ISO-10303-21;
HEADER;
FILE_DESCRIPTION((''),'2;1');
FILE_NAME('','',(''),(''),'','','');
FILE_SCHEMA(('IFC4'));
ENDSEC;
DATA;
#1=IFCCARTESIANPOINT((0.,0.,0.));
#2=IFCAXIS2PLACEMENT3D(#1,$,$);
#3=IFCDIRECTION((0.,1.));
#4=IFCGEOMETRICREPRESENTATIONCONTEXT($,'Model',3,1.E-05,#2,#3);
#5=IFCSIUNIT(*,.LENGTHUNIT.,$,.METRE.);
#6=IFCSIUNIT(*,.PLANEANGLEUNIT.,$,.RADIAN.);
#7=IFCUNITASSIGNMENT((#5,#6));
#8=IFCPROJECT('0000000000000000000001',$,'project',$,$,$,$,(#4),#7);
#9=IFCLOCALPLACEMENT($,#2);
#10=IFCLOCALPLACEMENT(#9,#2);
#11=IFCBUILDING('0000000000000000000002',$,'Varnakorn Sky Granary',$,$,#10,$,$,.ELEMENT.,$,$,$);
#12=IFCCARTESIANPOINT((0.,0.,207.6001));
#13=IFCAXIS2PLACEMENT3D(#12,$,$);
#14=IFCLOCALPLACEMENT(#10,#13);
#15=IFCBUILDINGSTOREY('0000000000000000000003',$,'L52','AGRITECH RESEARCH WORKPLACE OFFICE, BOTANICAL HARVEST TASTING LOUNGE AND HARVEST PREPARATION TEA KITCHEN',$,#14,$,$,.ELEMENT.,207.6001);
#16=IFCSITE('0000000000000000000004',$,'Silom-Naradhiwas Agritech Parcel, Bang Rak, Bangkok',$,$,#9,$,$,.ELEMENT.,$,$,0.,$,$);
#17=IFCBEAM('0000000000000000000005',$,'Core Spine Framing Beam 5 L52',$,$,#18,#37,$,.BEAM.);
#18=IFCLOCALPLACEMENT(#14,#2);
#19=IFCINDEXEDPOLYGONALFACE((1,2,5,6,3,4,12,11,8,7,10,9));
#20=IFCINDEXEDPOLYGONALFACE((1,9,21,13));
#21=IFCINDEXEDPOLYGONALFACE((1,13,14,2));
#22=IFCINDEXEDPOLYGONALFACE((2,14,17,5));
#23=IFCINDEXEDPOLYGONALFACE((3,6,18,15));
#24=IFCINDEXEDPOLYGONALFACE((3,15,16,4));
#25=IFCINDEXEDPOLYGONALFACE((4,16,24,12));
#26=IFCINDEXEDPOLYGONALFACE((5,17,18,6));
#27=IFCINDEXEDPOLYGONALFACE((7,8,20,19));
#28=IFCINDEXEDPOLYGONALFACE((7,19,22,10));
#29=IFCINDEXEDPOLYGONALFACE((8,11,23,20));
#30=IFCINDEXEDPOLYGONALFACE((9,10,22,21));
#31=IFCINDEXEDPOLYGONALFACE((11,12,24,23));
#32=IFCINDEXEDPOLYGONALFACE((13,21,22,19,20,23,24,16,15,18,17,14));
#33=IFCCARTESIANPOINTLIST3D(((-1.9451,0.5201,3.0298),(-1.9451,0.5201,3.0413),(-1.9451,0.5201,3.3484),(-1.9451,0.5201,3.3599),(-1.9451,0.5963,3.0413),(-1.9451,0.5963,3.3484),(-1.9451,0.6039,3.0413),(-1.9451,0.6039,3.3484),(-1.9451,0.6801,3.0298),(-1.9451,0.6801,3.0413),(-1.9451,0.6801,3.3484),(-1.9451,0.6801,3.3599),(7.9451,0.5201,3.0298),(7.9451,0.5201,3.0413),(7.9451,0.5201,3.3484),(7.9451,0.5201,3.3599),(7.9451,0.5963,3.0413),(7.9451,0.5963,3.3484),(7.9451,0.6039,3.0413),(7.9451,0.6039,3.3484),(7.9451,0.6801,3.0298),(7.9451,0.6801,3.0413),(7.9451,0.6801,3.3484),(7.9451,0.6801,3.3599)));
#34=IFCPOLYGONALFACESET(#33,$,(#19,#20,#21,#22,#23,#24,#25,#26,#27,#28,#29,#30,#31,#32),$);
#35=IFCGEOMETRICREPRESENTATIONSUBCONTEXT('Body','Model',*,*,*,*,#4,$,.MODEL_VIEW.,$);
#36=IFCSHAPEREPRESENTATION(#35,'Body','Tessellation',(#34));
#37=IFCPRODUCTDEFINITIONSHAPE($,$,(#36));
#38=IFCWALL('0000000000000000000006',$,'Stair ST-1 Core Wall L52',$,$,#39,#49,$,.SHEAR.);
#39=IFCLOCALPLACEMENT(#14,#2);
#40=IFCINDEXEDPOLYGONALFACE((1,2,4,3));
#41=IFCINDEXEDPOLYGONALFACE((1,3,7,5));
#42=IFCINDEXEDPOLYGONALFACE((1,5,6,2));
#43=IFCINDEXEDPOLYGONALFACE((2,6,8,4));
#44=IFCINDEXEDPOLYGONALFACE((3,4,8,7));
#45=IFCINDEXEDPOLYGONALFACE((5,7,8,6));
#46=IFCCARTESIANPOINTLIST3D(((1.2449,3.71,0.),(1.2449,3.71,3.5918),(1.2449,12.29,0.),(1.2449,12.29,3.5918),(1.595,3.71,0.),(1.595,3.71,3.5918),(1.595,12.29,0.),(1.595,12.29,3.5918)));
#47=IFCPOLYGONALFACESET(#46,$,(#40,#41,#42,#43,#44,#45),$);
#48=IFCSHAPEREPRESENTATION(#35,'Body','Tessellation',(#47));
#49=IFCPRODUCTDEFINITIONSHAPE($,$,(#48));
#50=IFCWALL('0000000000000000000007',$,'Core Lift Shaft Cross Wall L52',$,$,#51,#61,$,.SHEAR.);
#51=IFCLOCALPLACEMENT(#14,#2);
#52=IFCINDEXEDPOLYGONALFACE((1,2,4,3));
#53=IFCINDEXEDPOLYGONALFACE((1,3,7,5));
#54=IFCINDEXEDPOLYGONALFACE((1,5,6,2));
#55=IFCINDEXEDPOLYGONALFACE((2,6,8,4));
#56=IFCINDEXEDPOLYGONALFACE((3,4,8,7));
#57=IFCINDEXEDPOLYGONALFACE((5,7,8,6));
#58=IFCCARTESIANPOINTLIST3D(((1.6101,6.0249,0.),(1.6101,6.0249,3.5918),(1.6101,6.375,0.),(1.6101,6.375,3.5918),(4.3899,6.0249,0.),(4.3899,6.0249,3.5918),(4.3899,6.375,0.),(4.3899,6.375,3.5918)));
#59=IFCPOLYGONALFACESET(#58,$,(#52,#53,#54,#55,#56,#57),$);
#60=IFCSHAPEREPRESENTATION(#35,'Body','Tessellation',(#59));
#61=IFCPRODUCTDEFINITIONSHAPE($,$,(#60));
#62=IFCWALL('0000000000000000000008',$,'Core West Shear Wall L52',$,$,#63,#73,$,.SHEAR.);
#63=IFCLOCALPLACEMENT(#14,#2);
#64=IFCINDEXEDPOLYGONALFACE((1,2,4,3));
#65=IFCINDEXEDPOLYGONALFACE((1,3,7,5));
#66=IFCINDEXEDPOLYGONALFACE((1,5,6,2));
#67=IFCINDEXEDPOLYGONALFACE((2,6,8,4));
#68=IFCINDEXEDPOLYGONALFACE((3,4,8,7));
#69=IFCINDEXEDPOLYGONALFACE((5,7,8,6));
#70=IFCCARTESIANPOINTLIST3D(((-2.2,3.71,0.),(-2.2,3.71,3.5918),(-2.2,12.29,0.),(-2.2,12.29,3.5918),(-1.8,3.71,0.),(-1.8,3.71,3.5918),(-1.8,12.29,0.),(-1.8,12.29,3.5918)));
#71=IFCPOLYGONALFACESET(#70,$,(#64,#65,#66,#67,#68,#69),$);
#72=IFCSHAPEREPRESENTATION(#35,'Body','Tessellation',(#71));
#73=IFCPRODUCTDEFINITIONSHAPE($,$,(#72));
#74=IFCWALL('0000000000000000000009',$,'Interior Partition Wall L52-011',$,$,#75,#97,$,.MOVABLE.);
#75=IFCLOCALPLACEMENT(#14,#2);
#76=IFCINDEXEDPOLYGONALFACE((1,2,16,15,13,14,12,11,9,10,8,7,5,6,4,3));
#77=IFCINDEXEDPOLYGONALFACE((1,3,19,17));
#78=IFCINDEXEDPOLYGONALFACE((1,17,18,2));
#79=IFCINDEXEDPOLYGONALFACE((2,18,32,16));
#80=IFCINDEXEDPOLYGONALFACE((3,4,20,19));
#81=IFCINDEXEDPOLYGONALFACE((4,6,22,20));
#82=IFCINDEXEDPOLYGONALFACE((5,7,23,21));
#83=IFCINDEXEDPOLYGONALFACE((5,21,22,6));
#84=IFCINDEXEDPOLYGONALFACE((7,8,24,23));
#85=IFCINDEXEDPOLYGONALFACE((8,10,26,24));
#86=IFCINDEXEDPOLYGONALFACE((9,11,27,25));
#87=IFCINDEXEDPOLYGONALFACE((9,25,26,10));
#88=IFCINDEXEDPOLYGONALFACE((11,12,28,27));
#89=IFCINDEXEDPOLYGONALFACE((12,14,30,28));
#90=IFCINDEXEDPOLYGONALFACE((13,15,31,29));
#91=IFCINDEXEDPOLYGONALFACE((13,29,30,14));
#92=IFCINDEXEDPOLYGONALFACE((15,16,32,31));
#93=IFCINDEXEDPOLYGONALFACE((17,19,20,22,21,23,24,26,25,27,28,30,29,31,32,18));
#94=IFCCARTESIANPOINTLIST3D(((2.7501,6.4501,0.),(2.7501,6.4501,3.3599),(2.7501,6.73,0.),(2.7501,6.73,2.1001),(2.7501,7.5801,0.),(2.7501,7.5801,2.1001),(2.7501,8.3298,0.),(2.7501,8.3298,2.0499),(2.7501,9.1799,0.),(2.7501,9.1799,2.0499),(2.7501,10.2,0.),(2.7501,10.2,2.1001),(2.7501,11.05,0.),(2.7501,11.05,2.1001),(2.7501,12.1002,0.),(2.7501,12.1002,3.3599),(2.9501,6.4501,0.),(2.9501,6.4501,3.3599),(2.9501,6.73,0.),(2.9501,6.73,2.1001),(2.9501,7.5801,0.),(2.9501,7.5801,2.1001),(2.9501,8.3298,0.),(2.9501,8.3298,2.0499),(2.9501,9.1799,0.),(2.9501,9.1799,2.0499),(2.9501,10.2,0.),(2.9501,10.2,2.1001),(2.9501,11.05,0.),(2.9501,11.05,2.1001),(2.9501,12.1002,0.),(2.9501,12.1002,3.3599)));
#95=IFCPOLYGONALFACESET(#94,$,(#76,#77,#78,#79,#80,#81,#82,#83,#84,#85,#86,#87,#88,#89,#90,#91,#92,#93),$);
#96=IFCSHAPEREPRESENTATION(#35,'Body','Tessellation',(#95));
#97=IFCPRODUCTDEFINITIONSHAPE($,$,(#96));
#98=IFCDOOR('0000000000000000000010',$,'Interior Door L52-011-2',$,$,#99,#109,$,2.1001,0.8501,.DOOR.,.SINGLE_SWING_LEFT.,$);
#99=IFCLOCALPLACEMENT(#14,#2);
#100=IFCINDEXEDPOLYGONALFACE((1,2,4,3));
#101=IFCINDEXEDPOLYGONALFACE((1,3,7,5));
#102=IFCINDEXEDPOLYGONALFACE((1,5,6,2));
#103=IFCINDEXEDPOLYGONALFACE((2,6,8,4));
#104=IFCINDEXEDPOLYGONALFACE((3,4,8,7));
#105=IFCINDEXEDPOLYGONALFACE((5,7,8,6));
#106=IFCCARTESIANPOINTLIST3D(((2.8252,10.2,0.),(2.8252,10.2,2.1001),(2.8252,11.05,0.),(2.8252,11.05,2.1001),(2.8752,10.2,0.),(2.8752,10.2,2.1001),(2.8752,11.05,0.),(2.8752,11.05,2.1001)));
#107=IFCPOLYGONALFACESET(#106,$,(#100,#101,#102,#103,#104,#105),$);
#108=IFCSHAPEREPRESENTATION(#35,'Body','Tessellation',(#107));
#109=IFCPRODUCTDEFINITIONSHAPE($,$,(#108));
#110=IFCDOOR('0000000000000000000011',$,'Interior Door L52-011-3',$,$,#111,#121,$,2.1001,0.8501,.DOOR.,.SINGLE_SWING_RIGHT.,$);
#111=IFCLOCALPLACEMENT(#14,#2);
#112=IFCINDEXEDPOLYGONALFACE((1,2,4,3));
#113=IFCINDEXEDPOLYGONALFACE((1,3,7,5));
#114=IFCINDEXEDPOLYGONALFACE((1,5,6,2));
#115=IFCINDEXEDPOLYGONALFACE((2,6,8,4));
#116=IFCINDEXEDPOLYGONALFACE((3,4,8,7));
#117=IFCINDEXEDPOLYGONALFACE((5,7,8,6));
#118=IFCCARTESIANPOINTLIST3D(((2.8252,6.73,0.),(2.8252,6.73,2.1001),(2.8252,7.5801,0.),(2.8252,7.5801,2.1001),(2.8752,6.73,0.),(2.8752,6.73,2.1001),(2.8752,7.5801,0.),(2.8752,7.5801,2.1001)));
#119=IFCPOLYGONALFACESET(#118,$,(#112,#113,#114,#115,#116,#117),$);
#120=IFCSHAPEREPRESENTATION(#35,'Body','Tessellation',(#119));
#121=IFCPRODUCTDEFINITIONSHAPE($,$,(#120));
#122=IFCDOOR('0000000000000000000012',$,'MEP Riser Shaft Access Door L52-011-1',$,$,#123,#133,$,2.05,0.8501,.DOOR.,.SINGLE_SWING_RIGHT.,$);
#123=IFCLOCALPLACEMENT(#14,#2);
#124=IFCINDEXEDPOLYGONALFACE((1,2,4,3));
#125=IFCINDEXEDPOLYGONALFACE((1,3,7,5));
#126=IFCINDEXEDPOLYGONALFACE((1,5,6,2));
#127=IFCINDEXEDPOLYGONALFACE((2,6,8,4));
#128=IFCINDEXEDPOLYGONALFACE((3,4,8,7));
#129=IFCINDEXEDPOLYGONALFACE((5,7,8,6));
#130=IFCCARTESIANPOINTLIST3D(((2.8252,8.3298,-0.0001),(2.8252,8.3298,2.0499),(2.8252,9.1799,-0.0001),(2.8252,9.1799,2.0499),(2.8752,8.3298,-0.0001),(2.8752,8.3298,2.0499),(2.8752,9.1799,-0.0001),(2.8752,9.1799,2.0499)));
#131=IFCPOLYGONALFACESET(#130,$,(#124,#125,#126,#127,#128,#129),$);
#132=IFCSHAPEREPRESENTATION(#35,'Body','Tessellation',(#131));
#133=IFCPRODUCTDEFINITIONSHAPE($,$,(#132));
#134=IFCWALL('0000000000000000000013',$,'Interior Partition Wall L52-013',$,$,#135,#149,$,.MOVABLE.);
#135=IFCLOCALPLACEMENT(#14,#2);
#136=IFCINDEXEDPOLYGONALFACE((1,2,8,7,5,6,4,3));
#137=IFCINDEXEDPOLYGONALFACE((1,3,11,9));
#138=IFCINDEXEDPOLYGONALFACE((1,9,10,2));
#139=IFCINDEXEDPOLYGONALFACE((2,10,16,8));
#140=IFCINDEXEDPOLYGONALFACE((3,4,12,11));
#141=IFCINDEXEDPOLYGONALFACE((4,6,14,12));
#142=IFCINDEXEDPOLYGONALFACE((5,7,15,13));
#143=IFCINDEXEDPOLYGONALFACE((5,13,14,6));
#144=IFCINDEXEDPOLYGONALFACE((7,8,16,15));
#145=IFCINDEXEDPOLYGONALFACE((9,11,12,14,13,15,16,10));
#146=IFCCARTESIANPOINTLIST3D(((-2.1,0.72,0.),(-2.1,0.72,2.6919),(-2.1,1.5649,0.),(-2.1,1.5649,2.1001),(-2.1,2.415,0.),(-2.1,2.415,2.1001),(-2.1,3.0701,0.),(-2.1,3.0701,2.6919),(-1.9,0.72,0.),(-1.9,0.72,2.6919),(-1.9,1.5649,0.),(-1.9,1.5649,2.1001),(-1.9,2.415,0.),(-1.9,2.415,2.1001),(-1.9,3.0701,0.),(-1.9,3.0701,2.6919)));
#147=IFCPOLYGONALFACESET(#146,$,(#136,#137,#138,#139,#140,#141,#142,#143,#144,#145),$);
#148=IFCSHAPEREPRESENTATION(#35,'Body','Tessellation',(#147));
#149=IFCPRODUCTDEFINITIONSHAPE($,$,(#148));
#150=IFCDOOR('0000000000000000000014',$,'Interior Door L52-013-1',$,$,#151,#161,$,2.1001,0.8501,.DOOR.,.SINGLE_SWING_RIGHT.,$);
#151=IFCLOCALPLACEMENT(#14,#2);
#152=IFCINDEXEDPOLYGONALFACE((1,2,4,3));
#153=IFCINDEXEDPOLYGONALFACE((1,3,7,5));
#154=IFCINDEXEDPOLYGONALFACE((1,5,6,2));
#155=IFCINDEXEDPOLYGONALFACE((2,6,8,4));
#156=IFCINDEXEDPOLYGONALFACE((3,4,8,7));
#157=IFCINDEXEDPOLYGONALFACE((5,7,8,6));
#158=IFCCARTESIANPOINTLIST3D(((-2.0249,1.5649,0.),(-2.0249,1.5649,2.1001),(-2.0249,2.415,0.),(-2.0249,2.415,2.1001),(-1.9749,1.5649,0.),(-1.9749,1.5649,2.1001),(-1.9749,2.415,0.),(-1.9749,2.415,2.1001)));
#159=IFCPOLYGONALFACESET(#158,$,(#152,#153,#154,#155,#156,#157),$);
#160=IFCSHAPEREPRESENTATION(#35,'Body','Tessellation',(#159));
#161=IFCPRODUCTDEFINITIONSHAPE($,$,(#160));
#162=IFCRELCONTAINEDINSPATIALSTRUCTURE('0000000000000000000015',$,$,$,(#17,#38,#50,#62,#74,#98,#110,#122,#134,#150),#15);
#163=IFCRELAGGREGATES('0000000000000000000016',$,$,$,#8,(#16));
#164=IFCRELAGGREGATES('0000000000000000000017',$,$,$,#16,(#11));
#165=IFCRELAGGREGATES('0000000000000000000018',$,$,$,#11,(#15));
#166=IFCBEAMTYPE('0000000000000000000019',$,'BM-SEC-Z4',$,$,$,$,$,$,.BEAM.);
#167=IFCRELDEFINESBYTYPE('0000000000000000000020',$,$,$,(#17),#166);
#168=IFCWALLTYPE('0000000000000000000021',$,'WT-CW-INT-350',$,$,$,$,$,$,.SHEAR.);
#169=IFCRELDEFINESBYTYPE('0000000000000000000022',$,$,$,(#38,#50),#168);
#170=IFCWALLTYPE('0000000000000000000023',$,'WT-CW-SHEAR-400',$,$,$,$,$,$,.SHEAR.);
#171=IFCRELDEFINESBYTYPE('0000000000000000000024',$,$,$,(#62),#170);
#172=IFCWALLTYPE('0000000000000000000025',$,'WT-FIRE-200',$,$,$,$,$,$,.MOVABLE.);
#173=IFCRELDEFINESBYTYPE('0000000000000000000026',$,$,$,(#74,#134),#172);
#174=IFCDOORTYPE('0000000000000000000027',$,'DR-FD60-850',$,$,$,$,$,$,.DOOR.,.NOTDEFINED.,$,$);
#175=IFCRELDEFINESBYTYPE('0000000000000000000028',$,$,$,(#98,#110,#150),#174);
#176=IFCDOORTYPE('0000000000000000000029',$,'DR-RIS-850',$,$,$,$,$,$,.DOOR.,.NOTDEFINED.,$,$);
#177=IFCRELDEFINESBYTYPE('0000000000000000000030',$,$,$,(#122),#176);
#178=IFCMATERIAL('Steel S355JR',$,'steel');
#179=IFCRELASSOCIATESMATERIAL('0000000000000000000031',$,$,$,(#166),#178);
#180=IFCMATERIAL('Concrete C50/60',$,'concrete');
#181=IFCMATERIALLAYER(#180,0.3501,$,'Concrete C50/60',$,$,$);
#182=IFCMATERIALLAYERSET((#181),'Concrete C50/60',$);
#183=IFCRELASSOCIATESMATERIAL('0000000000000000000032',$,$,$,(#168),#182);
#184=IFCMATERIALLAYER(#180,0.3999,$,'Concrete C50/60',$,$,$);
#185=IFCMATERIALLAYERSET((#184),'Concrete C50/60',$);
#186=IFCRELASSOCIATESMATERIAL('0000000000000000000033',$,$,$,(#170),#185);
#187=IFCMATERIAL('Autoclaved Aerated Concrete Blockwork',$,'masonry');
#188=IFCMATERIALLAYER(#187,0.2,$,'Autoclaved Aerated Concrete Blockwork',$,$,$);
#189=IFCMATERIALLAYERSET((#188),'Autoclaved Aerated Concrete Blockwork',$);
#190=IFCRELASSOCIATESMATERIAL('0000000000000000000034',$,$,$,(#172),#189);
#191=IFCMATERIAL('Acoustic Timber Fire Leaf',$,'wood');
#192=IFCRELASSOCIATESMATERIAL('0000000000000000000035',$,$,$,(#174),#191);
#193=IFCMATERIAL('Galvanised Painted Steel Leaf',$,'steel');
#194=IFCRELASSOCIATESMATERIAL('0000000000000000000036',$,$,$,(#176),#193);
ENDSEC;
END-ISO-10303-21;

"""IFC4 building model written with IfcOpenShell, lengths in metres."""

from ifc_helpers import new_model, si_unit, direction, frame, frame_2d, origin, origin_2d, place, context, subcontext, project, spatial, rectangle, i_section, extrude, material, layer, layer_set, material_profile, profile_set, type_object, element, fill, save


model = new_model("IFC4")

# Units and contexts
model_context = context("Model", 3, precision=1e-05, world=origin(), true_north=direction((0.0, 1.0)))
body_context = subcontext(model_context, "Body", "Model", "MODEL_VIEW")
ifc_project = project(units=[si_unit("LENGTHUNIT", "METRE"), si_unit("PLANEANGLEUNIT", "RADIAN")], contexts=[model_context])

# Site, building, storey
site_placement = place(None, origin())
site = spatial("IfcSite", under=ifc_project, at=site_placement, Name="Silom-Naradhiwas Agritech Parcel, Bang Rak, Bangkok", CompositionType="ELEMENT", RefElevation=0.0)
building_placement = place(site_placement, origin())
building = spatial("IfcBuilding", under=site, at=building_placement, Name="Varnakorn Sky Granary", CompositionType="ELEMENT")
storey_placement = place(building_placement, frame((0.0, 0.0, 207.6001)))
storey = spatial("IfcBuildingStorey", under=building, at=storey_placement, Name="L52", Description="AGRITECH RESEARCH WORKPLACE OFFICE, BOTANICAL HARVEST TASTING LOUNGE AND HARVEST PREPARATION TEA KITCHEN", CompositionType="ELEMENT", Elevation=207.6001)

# Beam
ifc_material_1 = material(Name="Steel S355JR", Category="steel")
ifc_material_profile = material_profile(ifc_material_1, i_section(OverallWidth=0.1599, OverallDepth=0.3301, WebThickness=0.0076, FlangeThickness=0.0115, at=origin_2d()), Name="IPE 330")
ifc_profile_set = profile_set([ifc_material_profile], Name="Steel S355JR")
beam_type = type_object("IfcBeamType", Name="BM-SEC-Z4", PredefinedType="BEAM", material=ifc_profile_set)
beam_placement = place(storey_placement, frame((-1.9451, 0.6001, 3.1948), z_axis=(1.0, 0.0, 0.0), x_axis=(0.0, 1.0, 0.0)))
element("IfcBeam", 1, at=beam_placement, inside=storey, type_object=beam_type, Name="Core Spine Framing Beam 5 L52", PredefinedType="BEAM", context=body_context, shape_type="SweptSolid", body=[
    extrude(i_section(OverallWidth=0.1599, OverallDepth=0.3301, WebThickness=0.0076, FlangeThickness=0.0115, at=origin_2d()), origin(), (0.0, 0.0, 1.0), 9.8901),
])

# Walls
ifc_material_2 = material(Name="Concrete C50/60", Category="concrete")
ifc_layer_1 = layer(ifc_material_2, 0.3501, Name="Concrete C50/60")
ifc_layer_set_1 = layer_set([ifc_layer_1], Name="Concrete C50/60")
wall_type_1 = type_object("IfcWallType", Name="WT-CW-INT-350", PredefinedType="SHEAR", material=ifc_layer_set_1)
wall_1_placement = place(storey_placement, frame((1.4199, 3.71, 0.0), z_axis=(0.0, 0.0, 1.0), x_axis=(0.0, 1.0, 0.0)))
element("IfcWall", 2, at=wall_1_placement, inside=storey, type_object=wall_type_1, Name="Stair ST-1 Core Wall L52", PredefinedType="SHEAR", context=body_context, shape_type="SweptSolid", body=[
    extrude(rectangle(XDim=8.5801, YDim=0.3501, at=frame_2d((4.29, 0.0))), origin(), (0.0, 0.0, 1.0), 3.5918),
])
wall_2_placement = place(storey_placement, frame((1.6101, 6.2, 0.0), z_axis=(0.0, 0.0, 1.0), x_axis=(1.0, 0.0, 0.0)))
element("IfcWall", 3, at=wall_2_placement, inside=storey, type_object=wall_type_1, Name="Core Lift Shaft Cross Wall L52", PredefinedType="SHEAR", context=body_context, shape_type="SweptSolid", body=[
    extrude(rectangle(XDim=2.7798, YDim=0.3501, at=frame_2d((1.3899, 0.0))), origin(), (0.0, 0.0, 1.0), 3.5918),
])

# Shared definitions
ifc_layer_2 = layer(ifc_material_2, 0.3999, Name="Concrete C50/60")
ifc_layer_set_2 = layer_set([ifc_layer_2], Name="Concrete C50/60")
wall_type_2 = type_object("IfcWallType", Name="WT-CW-SHEAR-400", PredefinedType="SHEAR", material=ifc_layer_set_2)
ifc_material_3 = material(Name="Galvanised Painted Steel Leaf", Category="steel")

# Wall
wall_3_placement = place(storey_placement, frame((-2.0, 3.71, 0.0), z_axis=(0.0, 0.0, 1.0), x_axis=(0.0, 1.0, 0.0)))
element("IfcWall", 4, at=wall_3_placement, inside=storey, type_object=wall_type_2, Name="Core West Shear Wall L52", PredefinedType="SHEAR", context=body_context, shape_type="SweptSolid", body=[
    extrude(rectangle(XDim=8.5801, YDim=0.3999, at=frame_2d((4.29, 0.0))), origin(), (0.0, 0.0, 1.0), 3.5918),
])

# Wall, openings, doors
ifc_material_4 = material(Name="Autoclaved Aerated Concrete Blockwork", Category="masonry")
ifc_layer_3 = layer(ifc_material_4, 0.2, Name="Autoclaved Aerated Concrete Blockwork")
ifc_layer_set_3 = layer_set([ifc_layer_3], Name="Autoclaved Aerated Concrete Blockwork")
wall_type_3 = type_object("IfcWallType", Name="WT-FIRE-200", PredefinedType="MOVABLE", material=ifc_layer_set_3)
wall_4_placement = place(storey_placement, frame((2.8501, 6.45, 0.0), z_axis=(0.0, 0.0, 1.0), x_axis=(0.0, 1.0, 0.0)))
wall_4 = element("IfcWall", 5, at=wall_4_placement, inside=storey, type_object=wall_type_3, Name="Interior Partition Wall L52-011", PredefinedType="MOVABLE", context=body_context, shape_type="SweptSolid", body=[
    extrude(rectangle(XDim=5.6501, YDim=0.2, at=frame_2d((2.8252, 0.0))), origin(), (0.0, 0.0, 1.0), 3.3599),
])
opening_1_placement = place(wall_4_placement, frame((1.8799, 0.0, 0.0)))
opening_1 = element("IfcOpeningElement", 6, at=opening_1_placement, cuts=wall_4, PredefinedType="OPENING", context=body_context, shape_type="SweptSolid", body=[
    extrude(rectangle(XDim=0.8501, YDim=2.05, at=frame_2d((0.425, 1.0249))), frame((0.0, 0.1099, 0.0), z_axis=(0.0, -1.0, 0.0), x_axis=(1.0, 0.0, 0.0)), (0.0, 0.0, 1.0), 0.22),
])
opening_2_placement = place(wall_4_placement, frame((3.75, 0.0, 0.0)))
opening_2 = element("IfcOpeningElement", 7, at=opening_2_placement, cuts=wall_4, PredefinedType="OPENING", context=body_context, shape_type="SweptSolid", body=[
    extrude(rectangle(XDim=0.8501, YDim=2.1001, at=frame_2d((0.425, 1.05))), frame((0.0, 0.1099, 0.0), z_axis=(0.0, -1.0, 0.0), x_axis=(1.0, 0.0, 0.0)), (0.0, 0.0, 1.0), 0.22),
])
opening_3_placement = place(wall_4_placement, frame((0.28, 0.0, 0.0)))
opening_3 = element("IfcOpeningElement", 8, at=opening_3_placement, cuts=wall_4, PredefinedType="OPENING", context=body_context, shape_type="SweptSolid", body=[
    extrude(rectangle(XDim=0.8501, YDim=2.1001, at=frame_2d((0.425, 1.05))), frame((0.0, 0.1099, 0.0), z_axis=(0.0, -1.0, 0.0), x_axis=(1.0, 0.0, 0.0)), (0.0, 0.0, 1.0), 0.22),
])
ifc_material_5 = material(Name="Acoustic Timber Fire Leaf", Category="wood")
door_type_1 = type_object("IfcDoorType", Name="DR-FD60-850", OperationType="NOTDEFINED", PredefinedType="DOOR", material=ifc_material_5)
door_1_placement = place(opening_2_placement, origin())
door_1 = element("IfcDoor", 9, at=door_1_placement, inside=storey, type_object=door_type_1, Name="Interior Door L52-011-2", OperationType="SINGLE_SWING_LEFT", OverallHeight=2.1001, OverallWidth=0.8501, PredefinedType="DOOR", context=body_context, shape_type="SweptSolid", body=[
    extrude(rectangle(XDim=0.8501, YDim=2.1001, at=frame_2d((0.425, 1.05))), frame((0.0, 0.0249, 0.0), z_axis=(0.0, -1.0, 0.0), x_axis=(1.0, 0.0, 0.0)), (0.0, 0.0, 1.0), 0.05),
])
fill(opening_2, door_1)
door_2_placement = place(opening_3_placement, origin())
door_2 = element("IfcDoor", 10, at=door_2_placement, inside=storey, type_object=door_type_1, Name="Interior Door L52-011-3", OperationType="SINGLE_SWING_RIGHT", OverallHeight=2.1001, OverallWidth=0.8501, PredefinedType="DOOR", context=body_context, shape_type="SweptSolid", body=[
    extrude(rectangle(XDim=0.8501, YDim=2.1001, at=frame_2d((0.425, 1.05))), frame((0.0, 0.0249, 0.0), z_axis=(0.0, -1.0, 0.0), x_axis=(1.0, 0.0, 0.0)), (0.0, 0.0, 1.0), 0.05),
])
fill(opening_3, door_2)
door_type_2 = type_object("IfcDoorType", Name="DR-RIS-850", OperationType="NOTDEFINED", PredefinedType="DOOR", material=ifc_material_3)
door_3_placement = place(opening_1_placement, origin())
door_3 = element("IfcDoor", 11, at=door_3_placement, inside=storey, type_object=door_type_2, Name="MEP Riser Shaft Access Door L52-011-1", OperationType="SINGLE_SWING_RIGHT", OverallHeight=2.05, OverallWidth=0.8501, PredefinedType="DOOR", context=body_context, shape_type="SweptSolid", body=[
    extrude(rectangle(XDim=0.8501, YDim=2.05, at=frame_2d((0.425, 1.0249))), frame((0.0, 0.0249, 0.0), z_axis=(0.0, -1.0, 0.0), x_axis=(1.0, 0.0, 0.0)), (0.0, 0.0, 1.0), 0.05),
])
fill(opening_1, door_3)

# Wall, opening, door
wall_5_placement = place(storey_placement, frame((-2.0, 0.72, 0.0), z_axis=(0.0, 0.0, 1.0), x_axis=(0.0, 1.0, 0.0)))
wall_5 = element("IfcWall", 12, at=wall_5_placement, inside=storey, type_object=wall_type_3, Name="Interior Partition Wall L52-013", PredefinedType="MOVABLE", context=body_context, shape_type="SweptSolid", body=[
    extrude(rectangle(XDim=2.3501, YDim=0.2, at=frame_2d((1.175, 0.0))), origin(), (0.0, 0.0, 1.0), 2.6919),
])
opening_4_placement = place(wall_5_placement, frame((0.845, 0.0, 0.0)))
opening_4 = element("IfcOpeningElement", 13, at=opening_4_placement, cuts=wall_5, PredefinedType="OPENING", context=body_context, shape_type="SweptSolid", body=[
    extrude(rectangle(XDim=0.8501, YDim=2.1001, at=frame_2d((0.425, 1.05))), frame((0.0, 0.1099, 0.0), z_axis=(0.0, -1.0, 0.0), x_axis=(1.0, 0.0, 0.0)), (0.0, 0.0, 1.0), 0.22),
])
door_4_placement = place(opening_4_placement, origin())
door_4 = element("IfcDoor", 14, at=door_4_placement, inside=storey, type_object=door_type_1, Name="Interior Door L52-013-1", OperationType="SINGLE_SWING_RIGHT", OverallHeight=2.1001, OverallWidth=0.8501, PredefinedType="DOOR", context=body_context, shape_type="SweptSolid", body=[
    extrude(rectangle(XDim=0.8501, YDim=2.1001, at=frame_2d((0.425, 1.05))), frame((0.0, 0.0249, 0.0), z_axis=(0.0, -1.0, 0.0), x_axis=(1.0, 0.0, 0.0)), (0.0, 0.0, 1.0), 0.05),
])
fill(opening_4, door_4)

save(model, "model.ifc")
